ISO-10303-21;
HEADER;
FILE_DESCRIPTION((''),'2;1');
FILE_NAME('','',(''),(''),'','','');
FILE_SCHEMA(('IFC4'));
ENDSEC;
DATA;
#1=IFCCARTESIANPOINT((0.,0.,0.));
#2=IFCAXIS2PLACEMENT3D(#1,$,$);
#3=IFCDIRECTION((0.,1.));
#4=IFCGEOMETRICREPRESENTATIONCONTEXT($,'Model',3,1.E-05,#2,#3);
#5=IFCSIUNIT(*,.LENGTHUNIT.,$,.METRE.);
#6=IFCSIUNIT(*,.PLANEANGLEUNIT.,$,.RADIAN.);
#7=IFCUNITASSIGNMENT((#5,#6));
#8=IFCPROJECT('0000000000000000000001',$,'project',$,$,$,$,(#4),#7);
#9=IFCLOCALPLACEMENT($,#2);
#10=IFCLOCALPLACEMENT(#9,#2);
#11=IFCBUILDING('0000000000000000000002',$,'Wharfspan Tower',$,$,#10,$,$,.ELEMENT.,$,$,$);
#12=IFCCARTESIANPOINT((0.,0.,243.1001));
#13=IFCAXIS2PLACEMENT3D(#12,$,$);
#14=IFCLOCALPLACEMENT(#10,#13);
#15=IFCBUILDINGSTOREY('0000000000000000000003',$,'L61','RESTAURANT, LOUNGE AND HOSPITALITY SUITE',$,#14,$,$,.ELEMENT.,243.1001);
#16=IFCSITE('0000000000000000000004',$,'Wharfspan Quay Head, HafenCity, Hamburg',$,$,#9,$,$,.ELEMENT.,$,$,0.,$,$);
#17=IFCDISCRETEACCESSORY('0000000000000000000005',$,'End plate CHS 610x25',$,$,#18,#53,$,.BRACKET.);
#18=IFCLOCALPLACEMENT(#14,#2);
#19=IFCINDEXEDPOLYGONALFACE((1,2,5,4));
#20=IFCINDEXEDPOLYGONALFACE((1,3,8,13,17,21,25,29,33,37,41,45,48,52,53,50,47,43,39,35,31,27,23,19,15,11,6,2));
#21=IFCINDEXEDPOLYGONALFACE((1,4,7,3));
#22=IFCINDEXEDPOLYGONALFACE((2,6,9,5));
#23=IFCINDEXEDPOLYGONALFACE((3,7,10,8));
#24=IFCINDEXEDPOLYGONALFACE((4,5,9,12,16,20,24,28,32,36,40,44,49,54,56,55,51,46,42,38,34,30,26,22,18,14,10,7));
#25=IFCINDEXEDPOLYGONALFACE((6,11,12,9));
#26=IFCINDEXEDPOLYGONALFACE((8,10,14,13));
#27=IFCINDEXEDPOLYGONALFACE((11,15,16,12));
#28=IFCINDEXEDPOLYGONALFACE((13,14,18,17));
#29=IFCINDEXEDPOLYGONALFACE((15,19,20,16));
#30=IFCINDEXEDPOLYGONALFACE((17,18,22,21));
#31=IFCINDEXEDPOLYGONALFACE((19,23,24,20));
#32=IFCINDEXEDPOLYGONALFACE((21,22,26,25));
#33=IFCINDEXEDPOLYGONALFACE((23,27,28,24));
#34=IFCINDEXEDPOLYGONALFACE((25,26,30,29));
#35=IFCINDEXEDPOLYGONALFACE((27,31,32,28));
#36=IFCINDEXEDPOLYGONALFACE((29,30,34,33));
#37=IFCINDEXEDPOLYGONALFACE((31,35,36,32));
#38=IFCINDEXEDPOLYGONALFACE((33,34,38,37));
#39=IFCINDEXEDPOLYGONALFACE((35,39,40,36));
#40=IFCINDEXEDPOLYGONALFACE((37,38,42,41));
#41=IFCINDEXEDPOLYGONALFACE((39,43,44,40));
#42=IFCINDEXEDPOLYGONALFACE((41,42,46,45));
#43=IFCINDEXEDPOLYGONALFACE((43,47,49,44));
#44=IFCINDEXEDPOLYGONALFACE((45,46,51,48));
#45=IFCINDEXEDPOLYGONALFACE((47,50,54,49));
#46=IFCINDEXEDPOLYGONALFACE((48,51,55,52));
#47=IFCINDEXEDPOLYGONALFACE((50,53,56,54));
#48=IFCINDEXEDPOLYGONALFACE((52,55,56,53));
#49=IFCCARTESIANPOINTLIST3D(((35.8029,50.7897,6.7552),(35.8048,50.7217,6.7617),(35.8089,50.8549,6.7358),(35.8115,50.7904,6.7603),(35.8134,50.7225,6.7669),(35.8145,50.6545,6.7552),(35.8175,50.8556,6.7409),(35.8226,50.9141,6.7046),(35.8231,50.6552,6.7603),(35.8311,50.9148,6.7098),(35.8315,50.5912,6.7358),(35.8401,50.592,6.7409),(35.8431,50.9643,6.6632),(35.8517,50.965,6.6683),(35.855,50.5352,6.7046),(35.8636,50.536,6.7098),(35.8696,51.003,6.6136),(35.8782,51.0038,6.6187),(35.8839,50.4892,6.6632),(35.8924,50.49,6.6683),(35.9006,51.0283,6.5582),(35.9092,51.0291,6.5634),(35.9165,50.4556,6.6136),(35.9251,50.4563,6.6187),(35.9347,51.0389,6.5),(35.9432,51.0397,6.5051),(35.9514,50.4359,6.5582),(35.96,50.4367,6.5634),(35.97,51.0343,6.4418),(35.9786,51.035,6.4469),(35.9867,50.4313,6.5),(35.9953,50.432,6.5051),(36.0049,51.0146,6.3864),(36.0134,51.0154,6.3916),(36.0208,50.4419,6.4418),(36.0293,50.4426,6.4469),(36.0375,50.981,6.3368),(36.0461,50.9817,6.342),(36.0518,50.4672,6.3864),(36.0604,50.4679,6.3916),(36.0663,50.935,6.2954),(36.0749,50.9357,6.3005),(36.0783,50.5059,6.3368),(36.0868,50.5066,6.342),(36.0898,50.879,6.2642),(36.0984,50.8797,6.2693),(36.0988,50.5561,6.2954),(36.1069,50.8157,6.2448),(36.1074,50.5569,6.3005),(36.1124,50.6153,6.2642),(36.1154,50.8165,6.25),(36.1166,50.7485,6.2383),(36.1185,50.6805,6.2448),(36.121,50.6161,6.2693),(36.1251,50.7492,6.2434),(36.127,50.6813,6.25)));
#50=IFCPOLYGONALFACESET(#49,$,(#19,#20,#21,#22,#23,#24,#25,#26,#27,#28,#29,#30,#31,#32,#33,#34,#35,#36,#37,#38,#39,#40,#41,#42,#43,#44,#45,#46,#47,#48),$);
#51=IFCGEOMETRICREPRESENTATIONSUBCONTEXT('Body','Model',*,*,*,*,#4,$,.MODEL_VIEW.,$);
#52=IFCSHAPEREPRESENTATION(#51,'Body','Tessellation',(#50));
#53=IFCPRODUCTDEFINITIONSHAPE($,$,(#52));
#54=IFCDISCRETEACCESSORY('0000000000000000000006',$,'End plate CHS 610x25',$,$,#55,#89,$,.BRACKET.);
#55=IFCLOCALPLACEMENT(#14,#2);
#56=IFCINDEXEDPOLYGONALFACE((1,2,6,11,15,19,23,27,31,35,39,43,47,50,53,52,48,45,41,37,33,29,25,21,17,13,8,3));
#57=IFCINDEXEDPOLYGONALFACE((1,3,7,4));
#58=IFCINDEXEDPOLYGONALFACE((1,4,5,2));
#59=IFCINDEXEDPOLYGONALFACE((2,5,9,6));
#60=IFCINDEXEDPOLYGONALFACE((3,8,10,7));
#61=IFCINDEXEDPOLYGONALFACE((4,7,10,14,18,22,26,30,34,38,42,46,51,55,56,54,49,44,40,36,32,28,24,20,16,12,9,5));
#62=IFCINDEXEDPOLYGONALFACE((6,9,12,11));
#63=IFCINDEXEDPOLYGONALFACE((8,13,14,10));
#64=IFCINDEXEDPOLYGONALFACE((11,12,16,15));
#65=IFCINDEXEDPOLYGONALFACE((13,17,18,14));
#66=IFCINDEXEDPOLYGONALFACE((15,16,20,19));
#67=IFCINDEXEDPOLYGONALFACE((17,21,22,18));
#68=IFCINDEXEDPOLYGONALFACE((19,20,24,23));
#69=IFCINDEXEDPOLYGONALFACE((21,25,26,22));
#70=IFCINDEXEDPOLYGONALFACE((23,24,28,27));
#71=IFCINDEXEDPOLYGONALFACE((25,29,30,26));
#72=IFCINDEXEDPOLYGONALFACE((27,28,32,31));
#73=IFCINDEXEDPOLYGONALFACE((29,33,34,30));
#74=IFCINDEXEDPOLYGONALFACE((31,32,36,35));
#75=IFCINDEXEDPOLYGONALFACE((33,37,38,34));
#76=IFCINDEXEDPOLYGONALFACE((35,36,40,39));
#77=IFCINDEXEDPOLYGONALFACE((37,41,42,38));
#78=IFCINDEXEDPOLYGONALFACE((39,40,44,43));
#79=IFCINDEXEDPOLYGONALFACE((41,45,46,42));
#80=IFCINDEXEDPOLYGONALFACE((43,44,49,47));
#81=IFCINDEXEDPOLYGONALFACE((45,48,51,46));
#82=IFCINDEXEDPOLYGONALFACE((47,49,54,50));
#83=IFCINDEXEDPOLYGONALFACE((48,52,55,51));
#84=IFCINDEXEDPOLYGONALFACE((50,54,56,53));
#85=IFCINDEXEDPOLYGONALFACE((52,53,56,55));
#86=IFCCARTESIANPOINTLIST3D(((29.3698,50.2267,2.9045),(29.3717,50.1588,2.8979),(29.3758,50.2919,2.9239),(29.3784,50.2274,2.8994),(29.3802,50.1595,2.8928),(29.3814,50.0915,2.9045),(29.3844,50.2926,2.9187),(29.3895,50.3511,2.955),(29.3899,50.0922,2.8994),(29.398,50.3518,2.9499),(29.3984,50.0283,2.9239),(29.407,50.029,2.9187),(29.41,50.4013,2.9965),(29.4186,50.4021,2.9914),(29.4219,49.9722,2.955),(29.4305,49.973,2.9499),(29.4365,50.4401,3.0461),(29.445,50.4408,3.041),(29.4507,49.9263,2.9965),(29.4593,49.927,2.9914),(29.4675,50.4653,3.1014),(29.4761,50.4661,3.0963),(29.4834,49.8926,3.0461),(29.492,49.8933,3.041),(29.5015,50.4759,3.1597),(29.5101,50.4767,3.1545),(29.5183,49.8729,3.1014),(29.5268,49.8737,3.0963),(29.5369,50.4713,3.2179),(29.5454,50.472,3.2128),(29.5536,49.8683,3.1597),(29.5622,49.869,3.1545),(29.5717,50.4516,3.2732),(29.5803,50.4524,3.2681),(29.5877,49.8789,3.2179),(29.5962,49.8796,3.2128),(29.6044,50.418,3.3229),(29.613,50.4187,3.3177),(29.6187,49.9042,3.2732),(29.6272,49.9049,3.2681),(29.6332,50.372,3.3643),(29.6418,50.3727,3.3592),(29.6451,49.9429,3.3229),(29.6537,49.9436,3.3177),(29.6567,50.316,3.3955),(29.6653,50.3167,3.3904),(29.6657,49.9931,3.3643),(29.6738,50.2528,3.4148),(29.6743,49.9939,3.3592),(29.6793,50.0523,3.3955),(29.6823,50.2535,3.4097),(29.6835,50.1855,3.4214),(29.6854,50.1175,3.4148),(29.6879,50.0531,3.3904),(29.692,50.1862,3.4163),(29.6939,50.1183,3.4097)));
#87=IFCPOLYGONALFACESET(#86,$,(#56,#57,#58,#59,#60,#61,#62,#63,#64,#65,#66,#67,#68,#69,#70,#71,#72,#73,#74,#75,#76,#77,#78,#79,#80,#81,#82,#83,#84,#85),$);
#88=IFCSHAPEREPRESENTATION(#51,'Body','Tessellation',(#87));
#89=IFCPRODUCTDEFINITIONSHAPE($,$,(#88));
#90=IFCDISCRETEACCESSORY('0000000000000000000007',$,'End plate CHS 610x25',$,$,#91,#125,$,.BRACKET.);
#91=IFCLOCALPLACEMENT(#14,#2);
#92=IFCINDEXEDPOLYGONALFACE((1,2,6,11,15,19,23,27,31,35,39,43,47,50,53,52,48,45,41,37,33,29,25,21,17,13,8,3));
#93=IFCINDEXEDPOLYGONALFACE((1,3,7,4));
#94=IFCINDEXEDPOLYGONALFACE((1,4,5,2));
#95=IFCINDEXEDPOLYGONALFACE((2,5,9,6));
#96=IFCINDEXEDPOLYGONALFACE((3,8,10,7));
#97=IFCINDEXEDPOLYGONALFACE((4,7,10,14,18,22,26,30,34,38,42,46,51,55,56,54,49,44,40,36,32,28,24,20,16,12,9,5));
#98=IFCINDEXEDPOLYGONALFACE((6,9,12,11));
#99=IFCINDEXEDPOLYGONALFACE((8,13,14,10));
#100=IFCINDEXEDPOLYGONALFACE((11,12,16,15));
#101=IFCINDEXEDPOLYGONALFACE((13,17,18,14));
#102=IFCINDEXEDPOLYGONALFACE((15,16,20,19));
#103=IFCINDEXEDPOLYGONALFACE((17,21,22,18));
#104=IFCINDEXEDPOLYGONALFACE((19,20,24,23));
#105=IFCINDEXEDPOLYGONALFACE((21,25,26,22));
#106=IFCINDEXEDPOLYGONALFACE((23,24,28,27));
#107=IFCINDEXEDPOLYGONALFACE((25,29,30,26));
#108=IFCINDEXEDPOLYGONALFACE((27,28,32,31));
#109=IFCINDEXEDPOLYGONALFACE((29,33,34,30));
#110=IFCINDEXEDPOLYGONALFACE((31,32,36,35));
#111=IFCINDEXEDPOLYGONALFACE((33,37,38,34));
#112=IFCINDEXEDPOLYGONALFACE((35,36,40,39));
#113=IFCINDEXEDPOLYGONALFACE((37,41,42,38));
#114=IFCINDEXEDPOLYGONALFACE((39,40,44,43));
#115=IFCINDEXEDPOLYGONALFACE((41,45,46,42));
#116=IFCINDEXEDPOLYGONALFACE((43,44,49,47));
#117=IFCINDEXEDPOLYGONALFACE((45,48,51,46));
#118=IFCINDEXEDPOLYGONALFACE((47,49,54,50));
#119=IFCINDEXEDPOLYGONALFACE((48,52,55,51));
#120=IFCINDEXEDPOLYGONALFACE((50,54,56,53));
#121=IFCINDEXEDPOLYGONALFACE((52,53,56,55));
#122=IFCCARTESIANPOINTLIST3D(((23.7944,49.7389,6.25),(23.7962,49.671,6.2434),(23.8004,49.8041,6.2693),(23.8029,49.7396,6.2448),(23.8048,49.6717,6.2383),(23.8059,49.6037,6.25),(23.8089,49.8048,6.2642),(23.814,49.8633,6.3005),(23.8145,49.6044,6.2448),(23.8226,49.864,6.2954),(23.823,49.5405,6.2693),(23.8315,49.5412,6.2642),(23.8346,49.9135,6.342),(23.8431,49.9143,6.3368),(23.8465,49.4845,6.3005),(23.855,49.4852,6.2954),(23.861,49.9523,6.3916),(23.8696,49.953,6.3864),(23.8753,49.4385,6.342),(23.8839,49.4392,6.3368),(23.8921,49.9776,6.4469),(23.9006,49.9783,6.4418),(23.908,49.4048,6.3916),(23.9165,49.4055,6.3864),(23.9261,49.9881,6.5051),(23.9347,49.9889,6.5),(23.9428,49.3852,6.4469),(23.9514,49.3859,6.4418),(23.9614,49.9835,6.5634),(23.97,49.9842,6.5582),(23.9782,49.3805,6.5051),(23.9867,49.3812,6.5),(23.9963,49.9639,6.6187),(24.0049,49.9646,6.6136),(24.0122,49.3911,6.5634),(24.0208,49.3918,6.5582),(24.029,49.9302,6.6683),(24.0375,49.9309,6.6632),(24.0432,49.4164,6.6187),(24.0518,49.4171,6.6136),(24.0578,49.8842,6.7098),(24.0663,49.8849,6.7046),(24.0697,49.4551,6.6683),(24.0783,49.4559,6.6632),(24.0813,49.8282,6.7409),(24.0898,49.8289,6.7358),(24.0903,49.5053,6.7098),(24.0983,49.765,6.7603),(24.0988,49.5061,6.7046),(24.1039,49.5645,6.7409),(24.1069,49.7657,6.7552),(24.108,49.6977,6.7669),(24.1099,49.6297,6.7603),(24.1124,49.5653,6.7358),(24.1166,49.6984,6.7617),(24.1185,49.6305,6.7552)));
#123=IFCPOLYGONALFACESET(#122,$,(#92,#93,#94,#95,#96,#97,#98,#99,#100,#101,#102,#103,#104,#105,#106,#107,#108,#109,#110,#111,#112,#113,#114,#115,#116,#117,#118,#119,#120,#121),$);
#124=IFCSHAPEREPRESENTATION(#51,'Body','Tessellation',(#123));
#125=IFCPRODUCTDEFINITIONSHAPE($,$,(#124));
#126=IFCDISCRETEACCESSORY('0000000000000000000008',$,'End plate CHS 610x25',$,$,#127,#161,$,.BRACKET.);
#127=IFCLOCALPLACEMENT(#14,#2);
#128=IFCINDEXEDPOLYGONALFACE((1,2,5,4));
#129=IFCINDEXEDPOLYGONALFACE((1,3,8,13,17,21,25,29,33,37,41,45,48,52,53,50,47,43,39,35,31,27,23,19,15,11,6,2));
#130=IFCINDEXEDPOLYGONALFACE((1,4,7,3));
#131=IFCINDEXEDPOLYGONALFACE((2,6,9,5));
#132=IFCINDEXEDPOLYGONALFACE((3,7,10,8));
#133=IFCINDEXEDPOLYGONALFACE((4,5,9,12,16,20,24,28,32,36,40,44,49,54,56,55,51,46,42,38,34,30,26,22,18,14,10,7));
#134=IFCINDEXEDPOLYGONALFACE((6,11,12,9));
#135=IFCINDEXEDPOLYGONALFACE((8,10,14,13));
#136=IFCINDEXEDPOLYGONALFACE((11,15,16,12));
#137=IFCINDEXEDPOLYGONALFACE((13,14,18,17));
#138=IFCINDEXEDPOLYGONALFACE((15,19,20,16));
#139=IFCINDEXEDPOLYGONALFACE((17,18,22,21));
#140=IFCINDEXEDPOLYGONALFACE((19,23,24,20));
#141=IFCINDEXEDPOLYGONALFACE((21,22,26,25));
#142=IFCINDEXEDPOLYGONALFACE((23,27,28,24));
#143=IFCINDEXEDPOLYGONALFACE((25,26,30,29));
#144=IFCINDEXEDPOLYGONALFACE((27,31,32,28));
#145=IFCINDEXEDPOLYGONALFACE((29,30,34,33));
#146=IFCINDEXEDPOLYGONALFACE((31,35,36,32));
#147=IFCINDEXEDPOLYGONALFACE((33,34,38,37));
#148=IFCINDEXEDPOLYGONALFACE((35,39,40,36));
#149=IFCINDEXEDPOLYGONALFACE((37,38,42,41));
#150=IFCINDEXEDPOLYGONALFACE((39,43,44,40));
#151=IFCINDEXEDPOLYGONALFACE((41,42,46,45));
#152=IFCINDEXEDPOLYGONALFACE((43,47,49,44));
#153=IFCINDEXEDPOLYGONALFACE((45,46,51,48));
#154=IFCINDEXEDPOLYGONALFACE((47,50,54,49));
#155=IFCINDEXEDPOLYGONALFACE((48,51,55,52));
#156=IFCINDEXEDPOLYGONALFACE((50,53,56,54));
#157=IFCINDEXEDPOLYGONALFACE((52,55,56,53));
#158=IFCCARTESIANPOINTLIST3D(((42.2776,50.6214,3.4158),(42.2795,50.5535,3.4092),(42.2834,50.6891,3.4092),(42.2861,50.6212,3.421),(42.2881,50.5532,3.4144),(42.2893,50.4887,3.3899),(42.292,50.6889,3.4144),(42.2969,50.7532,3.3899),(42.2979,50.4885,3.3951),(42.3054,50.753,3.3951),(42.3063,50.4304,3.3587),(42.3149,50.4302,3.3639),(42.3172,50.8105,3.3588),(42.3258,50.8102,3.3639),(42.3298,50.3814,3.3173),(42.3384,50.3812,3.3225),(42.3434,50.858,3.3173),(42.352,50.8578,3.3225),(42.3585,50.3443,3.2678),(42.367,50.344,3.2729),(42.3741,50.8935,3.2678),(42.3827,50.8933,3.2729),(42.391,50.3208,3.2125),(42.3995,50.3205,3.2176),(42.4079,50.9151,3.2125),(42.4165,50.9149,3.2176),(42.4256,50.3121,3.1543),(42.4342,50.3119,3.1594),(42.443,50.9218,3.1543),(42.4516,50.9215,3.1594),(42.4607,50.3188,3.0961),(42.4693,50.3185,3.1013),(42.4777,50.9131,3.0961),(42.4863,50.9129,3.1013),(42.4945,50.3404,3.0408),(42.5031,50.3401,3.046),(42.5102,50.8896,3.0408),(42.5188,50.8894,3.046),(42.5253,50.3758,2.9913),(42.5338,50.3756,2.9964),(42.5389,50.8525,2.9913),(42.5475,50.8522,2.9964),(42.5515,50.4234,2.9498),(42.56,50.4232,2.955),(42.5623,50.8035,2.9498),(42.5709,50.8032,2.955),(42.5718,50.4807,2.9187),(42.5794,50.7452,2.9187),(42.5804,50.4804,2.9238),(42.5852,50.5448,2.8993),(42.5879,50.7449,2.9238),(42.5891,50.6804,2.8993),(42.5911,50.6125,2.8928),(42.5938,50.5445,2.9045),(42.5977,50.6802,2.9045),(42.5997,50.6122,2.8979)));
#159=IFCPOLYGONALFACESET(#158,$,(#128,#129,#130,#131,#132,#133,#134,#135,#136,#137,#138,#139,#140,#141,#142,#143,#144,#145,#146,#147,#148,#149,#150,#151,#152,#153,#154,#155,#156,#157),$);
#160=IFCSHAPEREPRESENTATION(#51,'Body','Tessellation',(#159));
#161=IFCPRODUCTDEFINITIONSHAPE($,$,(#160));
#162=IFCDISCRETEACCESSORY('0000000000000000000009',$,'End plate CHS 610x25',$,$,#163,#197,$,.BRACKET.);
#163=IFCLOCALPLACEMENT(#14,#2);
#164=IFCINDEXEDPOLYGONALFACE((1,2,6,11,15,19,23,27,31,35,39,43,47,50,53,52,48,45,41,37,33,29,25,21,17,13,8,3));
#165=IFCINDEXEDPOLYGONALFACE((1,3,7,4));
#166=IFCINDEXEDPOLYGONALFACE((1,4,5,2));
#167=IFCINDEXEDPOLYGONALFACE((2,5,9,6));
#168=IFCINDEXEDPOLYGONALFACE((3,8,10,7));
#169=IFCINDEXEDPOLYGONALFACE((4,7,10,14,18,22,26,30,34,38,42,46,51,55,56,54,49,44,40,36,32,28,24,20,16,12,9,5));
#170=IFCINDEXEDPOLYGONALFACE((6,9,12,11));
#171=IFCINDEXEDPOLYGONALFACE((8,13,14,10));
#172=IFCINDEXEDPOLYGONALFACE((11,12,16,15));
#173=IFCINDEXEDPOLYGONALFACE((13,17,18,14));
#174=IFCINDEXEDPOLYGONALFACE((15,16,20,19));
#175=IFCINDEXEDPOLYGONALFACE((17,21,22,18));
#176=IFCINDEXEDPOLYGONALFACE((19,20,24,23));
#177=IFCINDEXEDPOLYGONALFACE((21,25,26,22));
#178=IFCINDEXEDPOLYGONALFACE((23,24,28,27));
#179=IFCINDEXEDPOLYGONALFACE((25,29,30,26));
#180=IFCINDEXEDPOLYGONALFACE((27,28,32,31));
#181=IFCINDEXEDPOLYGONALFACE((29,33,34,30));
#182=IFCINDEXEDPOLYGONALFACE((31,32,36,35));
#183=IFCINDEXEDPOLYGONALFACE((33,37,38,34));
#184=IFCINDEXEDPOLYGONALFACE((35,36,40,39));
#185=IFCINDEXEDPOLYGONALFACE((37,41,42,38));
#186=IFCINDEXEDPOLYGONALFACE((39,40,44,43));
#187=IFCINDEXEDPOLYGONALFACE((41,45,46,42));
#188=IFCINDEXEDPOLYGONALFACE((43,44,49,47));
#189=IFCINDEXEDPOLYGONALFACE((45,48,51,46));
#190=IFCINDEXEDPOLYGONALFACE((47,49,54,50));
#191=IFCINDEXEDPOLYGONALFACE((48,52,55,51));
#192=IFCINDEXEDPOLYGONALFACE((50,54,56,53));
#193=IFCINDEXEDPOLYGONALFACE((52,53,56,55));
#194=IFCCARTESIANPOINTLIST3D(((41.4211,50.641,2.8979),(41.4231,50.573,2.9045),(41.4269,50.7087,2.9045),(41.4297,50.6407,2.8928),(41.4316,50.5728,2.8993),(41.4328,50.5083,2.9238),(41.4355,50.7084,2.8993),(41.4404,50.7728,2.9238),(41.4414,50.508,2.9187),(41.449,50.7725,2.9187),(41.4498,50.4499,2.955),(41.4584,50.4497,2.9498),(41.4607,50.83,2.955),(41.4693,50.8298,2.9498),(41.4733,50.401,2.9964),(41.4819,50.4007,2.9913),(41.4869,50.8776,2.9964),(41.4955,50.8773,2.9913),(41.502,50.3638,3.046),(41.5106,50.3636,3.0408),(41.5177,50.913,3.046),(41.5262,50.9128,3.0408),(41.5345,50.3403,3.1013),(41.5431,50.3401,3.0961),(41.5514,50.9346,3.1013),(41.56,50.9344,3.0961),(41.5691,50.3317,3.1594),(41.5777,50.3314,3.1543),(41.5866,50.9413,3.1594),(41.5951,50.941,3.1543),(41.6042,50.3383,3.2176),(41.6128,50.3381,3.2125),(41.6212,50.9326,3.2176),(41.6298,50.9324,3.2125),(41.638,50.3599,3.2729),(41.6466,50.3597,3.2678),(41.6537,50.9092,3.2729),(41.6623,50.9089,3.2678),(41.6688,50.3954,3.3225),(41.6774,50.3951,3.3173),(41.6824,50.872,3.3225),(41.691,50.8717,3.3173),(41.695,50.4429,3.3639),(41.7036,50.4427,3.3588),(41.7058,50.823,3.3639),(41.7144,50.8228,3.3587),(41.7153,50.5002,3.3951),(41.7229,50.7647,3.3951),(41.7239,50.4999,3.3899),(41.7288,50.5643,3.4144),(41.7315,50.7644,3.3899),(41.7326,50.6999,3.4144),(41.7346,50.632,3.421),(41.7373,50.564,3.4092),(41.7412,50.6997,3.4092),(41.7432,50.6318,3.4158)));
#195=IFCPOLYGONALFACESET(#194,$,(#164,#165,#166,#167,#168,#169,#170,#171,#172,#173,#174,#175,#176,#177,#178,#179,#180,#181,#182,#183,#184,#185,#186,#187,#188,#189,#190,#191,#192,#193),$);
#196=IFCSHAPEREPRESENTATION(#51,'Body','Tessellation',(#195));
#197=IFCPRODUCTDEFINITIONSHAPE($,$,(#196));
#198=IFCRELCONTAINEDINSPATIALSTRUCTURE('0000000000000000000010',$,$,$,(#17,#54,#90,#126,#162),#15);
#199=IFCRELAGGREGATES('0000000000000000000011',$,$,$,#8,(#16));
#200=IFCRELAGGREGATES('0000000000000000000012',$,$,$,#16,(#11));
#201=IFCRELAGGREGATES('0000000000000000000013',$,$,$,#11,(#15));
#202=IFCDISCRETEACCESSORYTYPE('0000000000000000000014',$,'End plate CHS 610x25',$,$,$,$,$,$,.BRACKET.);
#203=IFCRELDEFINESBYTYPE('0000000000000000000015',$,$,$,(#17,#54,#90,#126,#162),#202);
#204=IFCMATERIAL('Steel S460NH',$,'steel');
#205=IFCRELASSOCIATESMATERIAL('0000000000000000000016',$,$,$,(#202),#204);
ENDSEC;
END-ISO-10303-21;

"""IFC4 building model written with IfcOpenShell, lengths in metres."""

from ifc_helpers import new_model, si_unit, direction, frame, origin, origin_2d, place, context, subcontext, project, spatial, circle, extrude, material, material_profile, profile_set, type_object, element, save


model = new_model("IFC4")

# Units and contexts
model_context = context("Model", 3, precision=1e-05, world=origin(), true_north=direction((0.0, 1.0)))
body_context = subcontext(model_context, "Body", "Model", "MODEL_VIEW")
ifc_project = project(units=[si_unit("LENGTHUNIT", "METRE"), si_unit("PLANEANGLEUNIT", "RADIAN")], contexts=[model_context])

# Site, building, storey
site_placement = place(None, origin())
site = spatial("IfcSite", under=ifc_project, at=site_placement, Name="Wharfspan Quay Head, HafenCity, Hamburg", CompositionType="ELEMENT", RefElevation=0.0)
building_placement = place(site_placement, origin())
building = spatial("IfcBuilding", under=site, at=building_placement, Name="Wharfspan Tower", CompositionType="ELEMENT")
storey_placement = place(building_placement, frame((0.0, 0.0, 243.1001)))
storey = spatial("IfcBuildingStorey", under=building, at=storey_placement, Name="L61", Description="RESTAURANT, LOUNGE AND HOSPITALITY SUITE", CompositionType="ELEMENT", Elevation=243.1001)

# Shared definitions
ifc_material_1 = material(Name="Steel S460NH", Category="steel")

# Discrete accessories
ifc_material_profile_1 = material_profile(ifc_material_1, circle(Radius=0.3049, at=origin_2d()))
ifc_profile_set_1 = profile_set([ifc_material_profile_1], Name="Steel S460NH")
discrete_accessory_type = type_object("IfcDiscreteAccessoryType", Name="End plate CHS 610x25", PredefinedType="BRACKET", material=ifc_profile_set_1)
for number, where, z_axis, x_axis, name in (
    (1, (35.9607, 50.7351, 6.5), (0.855186, 0.073302, 0.513112), (-0.085402, 0.996345, 0.000001), "End plate CHS 610x25"),
    (2, (29.5361, 50.1729, 3.1545), (-0.855186, -0.073302, 0.513112), (0.085402, -0.996345, 0.000001), "End plate CHS 610x25"),
    (3, (23.9607, 49.6851, 6.5), (-0.855186, -0.073302, 0.513112), (0.085402, -0.996345, 0.000001), "End plate CHS 610x25"),
    (4, (42.4343, 50.6169, 3.1543), (0.857236, -0.024492, 0.514341), (0.028558, 0.999591, 0.000002), "End plate CHS 610x25"),
    (5, (41.5864, 50.6362, 3.1543), (-0.857236, 0.024492, 0.514341), (-0.028558, -0.999591, 0.000002), "End plate CHS 610x25"),
):
    element("IfcDiscreteAccessory", number, at=place(storey_placement, frame(where, z_axis=z_axis, x_axis=x_axis)), inside=storey, type_object=discrete_accessory_type, Name=name, PredefinedType="BRACKET", context=body_context, shape_type="SweptSolid", body=[
        extrude(circle(Radius=0.3049, at=origin_2d()), origin(), (0.0, 0.0, 1.0), 0.01),
    ])

save(model, "model.ifc")
